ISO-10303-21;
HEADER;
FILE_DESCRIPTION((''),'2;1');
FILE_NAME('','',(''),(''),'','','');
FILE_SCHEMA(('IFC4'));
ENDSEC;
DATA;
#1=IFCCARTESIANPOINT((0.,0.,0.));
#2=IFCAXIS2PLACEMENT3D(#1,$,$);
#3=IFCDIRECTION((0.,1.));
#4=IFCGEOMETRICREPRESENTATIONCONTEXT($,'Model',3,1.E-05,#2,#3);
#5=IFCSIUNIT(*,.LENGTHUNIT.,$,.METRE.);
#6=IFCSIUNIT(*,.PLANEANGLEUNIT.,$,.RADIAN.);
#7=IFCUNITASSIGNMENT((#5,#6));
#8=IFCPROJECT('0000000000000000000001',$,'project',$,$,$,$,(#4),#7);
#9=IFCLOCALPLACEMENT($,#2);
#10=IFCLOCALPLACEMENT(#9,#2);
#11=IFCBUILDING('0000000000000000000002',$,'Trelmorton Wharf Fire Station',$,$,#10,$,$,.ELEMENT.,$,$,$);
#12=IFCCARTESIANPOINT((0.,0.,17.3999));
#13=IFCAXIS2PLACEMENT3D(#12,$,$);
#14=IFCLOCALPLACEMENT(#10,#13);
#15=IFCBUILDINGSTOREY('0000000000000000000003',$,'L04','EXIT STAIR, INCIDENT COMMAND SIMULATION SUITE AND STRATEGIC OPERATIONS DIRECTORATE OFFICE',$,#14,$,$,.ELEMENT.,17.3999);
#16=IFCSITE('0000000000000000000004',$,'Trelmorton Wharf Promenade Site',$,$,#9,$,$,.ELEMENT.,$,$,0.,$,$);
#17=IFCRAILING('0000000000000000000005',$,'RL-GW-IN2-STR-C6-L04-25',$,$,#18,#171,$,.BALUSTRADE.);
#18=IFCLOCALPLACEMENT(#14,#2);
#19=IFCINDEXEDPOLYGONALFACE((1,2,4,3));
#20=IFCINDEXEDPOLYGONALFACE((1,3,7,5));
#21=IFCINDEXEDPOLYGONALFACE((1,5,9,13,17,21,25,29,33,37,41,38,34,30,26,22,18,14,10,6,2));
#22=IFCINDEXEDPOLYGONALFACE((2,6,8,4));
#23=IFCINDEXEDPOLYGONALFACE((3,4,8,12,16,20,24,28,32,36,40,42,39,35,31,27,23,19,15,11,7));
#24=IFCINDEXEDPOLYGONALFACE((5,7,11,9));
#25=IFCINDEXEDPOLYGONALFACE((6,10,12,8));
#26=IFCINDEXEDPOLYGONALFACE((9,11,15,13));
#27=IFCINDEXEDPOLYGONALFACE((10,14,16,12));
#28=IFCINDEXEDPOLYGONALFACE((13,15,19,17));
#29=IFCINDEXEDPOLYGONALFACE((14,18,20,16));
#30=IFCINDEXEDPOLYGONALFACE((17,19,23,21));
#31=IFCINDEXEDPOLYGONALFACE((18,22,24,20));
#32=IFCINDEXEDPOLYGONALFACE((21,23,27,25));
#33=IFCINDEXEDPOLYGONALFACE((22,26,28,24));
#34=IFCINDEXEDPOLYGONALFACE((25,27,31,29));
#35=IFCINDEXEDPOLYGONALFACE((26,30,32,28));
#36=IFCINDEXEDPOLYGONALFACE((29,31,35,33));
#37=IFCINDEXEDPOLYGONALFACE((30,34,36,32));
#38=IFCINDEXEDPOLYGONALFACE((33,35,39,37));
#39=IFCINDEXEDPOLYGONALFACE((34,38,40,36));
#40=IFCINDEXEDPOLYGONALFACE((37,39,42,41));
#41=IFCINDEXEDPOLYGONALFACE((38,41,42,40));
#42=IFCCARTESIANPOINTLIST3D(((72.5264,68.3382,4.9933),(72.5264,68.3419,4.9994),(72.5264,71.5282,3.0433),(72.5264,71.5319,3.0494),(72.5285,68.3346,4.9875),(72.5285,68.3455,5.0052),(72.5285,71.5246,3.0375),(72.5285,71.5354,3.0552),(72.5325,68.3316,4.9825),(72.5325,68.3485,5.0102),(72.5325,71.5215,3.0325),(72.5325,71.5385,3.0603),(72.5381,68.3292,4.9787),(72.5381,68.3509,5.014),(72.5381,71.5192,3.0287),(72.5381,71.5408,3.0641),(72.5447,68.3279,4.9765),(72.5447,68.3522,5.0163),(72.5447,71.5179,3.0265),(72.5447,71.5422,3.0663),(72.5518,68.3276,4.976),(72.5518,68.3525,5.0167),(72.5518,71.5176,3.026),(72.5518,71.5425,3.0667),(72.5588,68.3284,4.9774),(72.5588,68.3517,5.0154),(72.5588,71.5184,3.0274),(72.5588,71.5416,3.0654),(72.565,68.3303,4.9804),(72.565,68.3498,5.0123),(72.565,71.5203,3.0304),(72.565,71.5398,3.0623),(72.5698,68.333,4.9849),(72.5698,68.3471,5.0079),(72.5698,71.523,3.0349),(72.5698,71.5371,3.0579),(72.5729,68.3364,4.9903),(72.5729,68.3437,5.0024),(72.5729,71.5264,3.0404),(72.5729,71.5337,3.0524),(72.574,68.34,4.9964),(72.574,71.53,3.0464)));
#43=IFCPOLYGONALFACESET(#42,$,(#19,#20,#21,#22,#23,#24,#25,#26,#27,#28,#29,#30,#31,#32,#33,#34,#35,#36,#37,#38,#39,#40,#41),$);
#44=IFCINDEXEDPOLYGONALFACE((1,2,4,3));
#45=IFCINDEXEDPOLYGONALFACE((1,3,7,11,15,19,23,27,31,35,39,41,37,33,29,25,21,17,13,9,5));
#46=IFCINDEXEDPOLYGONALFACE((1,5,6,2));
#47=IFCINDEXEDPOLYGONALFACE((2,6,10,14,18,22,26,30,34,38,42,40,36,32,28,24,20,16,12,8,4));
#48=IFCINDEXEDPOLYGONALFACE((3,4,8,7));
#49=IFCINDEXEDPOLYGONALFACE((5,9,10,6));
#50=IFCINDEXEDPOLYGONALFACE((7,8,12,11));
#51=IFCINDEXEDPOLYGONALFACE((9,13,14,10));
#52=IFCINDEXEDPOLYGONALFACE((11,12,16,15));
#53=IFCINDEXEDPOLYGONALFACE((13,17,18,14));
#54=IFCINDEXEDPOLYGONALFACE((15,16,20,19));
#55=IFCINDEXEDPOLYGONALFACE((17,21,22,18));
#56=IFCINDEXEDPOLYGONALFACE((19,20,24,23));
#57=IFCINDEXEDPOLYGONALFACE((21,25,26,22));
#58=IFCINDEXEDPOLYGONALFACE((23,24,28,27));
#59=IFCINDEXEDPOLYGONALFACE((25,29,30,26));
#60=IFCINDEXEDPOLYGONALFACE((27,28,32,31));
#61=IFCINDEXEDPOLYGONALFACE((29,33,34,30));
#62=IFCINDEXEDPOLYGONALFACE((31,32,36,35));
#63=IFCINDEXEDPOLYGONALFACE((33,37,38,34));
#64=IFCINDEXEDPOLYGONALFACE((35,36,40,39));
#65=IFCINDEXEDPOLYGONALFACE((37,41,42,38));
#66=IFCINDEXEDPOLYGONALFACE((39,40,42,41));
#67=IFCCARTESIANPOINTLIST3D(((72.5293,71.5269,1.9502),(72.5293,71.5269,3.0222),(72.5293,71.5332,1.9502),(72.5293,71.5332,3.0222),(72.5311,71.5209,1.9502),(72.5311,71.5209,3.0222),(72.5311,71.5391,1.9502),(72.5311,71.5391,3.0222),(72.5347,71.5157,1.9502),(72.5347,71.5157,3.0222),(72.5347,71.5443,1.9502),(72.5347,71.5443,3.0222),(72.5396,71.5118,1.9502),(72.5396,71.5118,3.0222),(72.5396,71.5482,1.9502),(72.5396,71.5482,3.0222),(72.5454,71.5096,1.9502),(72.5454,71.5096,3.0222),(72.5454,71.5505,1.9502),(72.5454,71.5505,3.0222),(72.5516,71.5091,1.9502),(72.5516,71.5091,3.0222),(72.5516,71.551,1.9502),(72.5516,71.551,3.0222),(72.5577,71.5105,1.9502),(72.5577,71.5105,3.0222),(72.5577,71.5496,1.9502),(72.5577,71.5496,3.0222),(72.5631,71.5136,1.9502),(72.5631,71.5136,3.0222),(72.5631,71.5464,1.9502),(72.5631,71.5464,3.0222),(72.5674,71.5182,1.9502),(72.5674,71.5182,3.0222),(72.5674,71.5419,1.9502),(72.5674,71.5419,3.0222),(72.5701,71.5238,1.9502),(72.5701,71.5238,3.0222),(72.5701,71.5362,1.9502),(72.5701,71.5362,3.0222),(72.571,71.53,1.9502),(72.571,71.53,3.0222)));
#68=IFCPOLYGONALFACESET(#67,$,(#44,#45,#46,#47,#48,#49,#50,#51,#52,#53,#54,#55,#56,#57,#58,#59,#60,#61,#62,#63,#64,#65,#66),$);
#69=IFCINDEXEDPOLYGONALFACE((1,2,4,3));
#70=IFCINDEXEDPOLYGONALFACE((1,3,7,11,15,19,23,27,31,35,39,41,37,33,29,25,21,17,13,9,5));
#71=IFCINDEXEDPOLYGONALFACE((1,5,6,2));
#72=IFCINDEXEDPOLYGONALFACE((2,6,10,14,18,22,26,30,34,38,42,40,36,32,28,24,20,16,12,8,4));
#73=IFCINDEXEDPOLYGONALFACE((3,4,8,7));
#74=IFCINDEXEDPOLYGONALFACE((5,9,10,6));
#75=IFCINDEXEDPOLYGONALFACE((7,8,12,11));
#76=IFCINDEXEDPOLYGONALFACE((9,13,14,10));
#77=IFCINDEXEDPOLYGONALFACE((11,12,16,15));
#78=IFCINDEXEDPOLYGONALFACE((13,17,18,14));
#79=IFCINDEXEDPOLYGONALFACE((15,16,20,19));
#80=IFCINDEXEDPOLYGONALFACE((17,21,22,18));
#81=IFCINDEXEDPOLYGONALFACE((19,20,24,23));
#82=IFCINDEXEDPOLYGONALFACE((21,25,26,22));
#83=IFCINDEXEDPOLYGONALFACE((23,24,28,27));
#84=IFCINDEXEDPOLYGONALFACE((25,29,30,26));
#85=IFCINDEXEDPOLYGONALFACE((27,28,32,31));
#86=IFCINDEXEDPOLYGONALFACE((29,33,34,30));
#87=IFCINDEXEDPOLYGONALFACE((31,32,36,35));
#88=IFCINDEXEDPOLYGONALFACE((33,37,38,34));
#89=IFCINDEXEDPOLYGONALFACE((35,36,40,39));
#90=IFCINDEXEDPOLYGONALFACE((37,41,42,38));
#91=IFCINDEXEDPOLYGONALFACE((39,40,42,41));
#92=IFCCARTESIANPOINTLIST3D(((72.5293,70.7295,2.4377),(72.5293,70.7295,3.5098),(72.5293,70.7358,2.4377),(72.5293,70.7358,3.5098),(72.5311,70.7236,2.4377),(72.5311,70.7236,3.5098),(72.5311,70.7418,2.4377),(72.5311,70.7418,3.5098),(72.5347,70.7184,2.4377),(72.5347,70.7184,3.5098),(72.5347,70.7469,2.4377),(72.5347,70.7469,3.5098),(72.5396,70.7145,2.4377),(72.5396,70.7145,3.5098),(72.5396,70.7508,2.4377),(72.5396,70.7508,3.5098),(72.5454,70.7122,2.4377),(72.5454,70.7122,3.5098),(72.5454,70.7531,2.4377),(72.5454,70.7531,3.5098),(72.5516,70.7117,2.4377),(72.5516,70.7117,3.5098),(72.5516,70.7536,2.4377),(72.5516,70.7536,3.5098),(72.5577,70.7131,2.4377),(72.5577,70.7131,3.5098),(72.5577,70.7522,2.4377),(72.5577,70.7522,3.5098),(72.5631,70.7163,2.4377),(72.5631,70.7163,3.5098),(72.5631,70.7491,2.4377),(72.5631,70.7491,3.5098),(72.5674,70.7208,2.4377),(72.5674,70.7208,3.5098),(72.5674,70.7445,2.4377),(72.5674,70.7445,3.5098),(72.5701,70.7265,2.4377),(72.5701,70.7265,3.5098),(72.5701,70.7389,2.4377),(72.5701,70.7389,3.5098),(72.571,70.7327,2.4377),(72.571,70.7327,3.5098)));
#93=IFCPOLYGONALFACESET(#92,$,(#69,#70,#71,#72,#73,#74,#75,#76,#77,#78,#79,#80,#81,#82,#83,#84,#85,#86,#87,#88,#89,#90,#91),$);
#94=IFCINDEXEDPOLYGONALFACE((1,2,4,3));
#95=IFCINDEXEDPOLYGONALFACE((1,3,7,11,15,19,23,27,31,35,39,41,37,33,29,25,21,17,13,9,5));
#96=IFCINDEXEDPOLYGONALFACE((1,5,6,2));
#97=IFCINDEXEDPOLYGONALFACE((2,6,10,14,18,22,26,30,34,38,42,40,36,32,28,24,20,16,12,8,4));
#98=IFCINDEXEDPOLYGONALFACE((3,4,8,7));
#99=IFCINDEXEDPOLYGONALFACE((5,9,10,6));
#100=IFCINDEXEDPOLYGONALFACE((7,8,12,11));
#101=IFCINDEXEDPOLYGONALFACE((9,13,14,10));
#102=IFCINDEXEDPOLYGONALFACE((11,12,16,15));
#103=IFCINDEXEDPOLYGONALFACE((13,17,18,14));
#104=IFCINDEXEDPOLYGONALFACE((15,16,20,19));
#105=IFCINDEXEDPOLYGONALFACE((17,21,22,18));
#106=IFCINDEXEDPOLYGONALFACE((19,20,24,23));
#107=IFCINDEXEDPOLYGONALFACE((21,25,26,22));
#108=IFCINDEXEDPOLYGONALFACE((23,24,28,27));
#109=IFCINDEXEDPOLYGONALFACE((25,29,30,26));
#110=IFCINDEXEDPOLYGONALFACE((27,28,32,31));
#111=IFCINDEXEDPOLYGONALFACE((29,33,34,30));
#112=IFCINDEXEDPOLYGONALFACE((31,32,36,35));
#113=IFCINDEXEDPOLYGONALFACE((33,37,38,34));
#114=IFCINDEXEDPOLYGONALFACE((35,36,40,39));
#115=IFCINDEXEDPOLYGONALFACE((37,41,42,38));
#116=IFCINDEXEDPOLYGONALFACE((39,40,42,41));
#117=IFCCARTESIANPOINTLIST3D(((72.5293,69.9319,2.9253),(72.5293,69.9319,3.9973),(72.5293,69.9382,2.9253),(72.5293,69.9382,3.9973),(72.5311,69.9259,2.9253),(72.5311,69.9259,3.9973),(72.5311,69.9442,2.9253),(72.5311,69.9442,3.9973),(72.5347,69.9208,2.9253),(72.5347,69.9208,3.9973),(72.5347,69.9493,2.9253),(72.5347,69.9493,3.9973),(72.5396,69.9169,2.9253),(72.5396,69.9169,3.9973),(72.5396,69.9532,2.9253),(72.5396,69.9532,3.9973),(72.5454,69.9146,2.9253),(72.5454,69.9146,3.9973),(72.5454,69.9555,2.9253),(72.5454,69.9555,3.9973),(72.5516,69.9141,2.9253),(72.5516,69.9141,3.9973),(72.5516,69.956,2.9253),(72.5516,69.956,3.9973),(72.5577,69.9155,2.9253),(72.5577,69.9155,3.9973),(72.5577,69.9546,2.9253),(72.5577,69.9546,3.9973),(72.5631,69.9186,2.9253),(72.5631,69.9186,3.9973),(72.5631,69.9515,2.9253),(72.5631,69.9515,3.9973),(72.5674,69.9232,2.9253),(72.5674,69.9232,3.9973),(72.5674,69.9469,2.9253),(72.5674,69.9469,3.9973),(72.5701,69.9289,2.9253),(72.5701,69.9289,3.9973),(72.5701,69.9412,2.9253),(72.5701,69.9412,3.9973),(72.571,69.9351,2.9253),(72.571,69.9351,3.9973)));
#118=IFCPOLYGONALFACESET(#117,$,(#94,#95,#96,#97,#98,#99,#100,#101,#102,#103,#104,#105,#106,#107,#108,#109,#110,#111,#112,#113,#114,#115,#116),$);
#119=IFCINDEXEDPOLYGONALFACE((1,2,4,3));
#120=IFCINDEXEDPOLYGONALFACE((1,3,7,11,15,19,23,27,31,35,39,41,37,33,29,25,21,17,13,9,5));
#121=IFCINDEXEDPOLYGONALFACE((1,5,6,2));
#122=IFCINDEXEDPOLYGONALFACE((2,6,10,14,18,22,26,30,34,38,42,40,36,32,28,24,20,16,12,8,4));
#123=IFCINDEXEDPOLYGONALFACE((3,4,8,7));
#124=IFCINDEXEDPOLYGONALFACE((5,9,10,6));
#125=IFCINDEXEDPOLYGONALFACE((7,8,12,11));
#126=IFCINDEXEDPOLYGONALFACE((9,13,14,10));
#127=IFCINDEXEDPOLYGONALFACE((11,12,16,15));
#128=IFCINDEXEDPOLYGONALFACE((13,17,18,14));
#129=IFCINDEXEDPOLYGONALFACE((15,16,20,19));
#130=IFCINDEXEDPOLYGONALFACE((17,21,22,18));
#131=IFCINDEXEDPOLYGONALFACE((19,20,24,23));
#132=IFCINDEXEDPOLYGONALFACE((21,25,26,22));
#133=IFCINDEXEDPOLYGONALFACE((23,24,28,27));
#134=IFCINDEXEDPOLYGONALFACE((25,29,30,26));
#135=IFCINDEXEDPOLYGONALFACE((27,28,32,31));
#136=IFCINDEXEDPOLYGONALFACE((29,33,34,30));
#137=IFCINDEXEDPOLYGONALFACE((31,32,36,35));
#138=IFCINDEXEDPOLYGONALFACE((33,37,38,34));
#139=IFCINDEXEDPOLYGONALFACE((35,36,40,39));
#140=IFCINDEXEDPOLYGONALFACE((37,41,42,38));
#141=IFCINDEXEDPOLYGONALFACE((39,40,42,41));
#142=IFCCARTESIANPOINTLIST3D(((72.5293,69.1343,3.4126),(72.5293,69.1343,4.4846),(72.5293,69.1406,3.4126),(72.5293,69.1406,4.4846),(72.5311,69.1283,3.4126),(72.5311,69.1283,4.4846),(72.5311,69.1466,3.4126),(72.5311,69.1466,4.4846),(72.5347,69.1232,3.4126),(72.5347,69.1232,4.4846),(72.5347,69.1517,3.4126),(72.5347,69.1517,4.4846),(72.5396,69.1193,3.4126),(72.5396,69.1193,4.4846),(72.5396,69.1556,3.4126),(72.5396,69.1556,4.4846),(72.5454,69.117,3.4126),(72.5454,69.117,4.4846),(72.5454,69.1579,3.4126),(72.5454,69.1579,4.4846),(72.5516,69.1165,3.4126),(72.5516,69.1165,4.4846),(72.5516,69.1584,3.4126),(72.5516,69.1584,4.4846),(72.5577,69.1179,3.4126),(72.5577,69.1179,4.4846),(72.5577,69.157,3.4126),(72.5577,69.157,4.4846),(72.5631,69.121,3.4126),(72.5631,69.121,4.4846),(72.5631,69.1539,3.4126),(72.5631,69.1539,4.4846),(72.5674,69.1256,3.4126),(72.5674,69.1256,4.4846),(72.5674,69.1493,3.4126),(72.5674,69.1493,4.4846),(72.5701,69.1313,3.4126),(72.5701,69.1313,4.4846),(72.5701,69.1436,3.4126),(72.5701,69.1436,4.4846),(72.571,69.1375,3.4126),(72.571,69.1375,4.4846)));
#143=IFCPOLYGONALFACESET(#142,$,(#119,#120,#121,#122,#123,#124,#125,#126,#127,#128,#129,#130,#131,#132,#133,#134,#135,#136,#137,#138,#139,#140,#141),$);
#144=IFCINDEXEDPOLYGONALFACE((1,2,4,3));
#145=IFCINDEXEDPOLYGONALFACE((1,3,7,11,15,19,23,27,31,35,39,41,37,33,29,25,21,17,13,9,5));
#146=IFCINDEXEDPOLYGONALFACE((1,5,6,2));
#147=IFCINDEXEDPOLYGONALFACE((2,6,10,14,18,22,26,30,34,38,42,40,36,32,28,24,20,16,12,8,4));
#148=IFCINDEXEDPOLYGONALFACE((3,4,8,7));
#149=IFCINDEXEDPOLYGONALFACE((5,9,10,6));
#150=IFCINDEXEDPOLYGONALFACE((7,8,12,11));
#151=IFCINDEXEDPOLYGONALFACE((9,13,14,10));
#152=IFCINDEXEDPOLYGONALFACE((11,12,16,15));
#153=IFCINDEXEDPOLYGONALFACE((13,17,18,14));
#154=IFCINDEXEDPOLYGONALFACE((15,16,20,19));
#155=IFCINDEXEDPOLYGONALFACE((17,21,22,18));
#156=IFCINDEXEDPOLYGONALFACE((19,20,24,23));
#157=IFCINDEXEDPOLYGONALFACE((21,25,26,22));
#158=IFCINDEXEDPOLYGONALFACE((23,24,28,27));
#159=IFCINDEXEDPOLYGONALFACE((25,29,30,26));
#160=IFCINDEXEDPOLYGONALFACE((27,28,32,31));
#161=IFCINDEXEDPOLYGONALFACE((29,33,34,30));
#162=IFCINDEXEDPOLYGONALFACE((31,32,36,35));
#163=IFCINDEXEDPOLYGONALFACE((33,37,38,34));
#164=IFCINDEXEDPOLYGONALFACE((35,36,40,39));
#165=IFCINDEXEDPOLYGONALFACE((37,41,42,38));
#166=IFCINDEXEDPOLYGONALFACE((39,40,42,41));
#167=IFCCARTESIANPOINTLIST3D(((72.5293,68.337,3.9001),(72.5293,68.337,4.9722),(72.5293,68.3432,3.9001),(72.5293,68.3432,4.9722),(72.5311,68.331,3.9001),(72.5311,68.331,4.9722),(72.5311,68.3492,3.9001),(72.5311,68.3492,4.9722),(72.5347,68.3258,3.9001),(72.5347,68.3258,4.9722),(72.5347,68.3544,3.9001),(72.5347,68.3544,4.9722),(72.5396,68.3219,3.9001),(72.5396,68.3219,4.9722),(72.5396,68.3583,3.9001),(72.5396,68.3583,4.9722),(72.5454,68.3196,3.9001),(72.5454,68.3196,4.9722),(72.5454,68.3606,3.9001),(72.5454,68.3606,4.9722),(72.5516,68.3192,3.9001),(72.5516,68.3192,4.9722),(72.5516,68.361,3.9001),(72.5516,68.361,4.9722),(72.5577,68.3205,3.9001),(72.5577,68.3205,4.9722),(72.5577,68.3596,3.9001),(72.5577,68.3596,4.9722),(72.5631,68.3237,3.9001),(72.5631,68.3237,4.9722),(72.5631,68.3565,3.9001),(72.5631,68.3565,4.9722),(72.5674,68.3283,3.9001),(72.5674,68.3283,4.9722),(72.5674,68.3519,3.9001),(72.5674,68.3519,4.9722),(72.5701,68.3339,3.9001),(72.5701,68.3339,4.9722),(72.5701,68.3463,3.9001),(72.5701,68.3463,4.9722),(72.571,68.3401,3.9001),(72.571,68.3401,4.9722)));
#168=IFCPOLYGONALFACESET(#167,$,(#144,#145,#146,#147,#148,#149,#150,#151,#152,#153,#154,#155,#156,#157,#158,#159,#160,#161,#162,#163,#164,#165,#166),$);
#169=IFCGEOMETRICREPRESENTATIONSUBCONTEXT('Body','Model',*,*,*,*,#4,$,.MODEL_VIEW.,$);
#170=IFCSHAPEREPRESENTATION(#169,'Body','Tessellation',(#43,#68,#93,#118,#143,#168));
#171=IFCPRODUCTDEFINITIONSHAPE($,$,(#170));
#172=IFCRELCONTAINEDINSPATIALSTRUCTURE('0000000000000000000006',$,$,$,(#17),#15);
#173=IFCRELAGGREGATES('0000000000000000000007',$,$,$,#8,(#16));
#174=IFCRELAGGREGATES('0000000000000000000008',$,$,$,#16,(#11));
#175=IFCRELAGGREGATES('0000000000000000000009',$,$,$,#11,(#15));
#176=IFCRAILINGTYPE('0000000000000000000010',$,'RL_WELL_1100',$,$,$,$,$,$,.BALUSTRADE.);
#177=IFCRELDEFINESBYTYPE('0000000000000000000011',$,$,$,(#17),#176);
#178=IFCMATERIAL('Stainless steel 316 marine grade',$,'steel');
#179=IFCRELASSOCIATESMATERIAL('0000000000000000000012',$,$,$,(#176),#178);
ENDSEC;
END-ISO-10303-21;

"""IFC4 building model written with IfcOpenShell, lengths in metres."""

from ifc_helpers import new_model, si_unit, direction, frame, origin, origin_2d, place, context, subcontext, project, spatial, circle, extrude, material, type_object, element, save


model = new_model("IFC4")

# Units and contexts
model_context = context("Model", 3, precision=1e-05, world=origin(), true_north=direction((0.0, 1.0)))
body_context = subcontext(model_context, "Body", "Model", "MODEL_VIEW")
ifc_project = project(units=[si_unit("LENGTHUNIT", "METRE"), si_unit("PLANEANGLEUNIT", "RADIAN")], contexts=[model_context])

# Site, building, storey
site_placement = place(None, origin())
site = spatial("IfcSite", under=ifc_project, at=site_placement, Name="Trelmorton Wharf Promenade Site", CompositionType="ELEMENT", RefElevation=0.0)
building_placement = place(site_placement, origin())
building = spatial("IfcBuilding", under=site, at=building_placement, Name="Trelmorton Wharf Fire Station", CompositionType="ELEMENT")
storey_placement = place(building_placement, frame((0.0, 0.0, 17.3999)))
storey = spatial("IfcBuildingStorey", under=building, at=storey_placement, Name="L04", Description="EXIT STAIR, INCIDENT COMMAND SIMULATION SUITE AND STRATEGIC OPERATIONS DIRECTORATE OFFICE", CompositionType="ELEMENT", Elevation=17.3999)

# Shared definitions
ifc_material_1 = material(Name="Stainless steel 316 marine grade", Category="steel")

# Railing
railing_type_1 = type_object("IfcRailingType", Name="RL_WELL_1100", PredefinedType="BALUSTRADE", material=ifc_material_1)
railing_1_placement = place(storey_placement, frame((72.55, 71.53, 1.9502)))
element("IfcRailing", 1, at=railing_1_placement, inside=storey, type_object=railing_type_1, Name="RL-GW-IN2-STR-C6-L04-25", PredefinedType="BALUSTRADE", context=body_context, shape_type="SweptSolid", body=[
    extrude(circle(Radius=0.0239, at=origin_2d()), frame((0.0, 0.0, 1.0962), z_axis=(0.0, -0.853217, 0.521556), x_axis=(1.0, 0.0, 0.0)), (0.0, 0.0, 1.0), 3.7388),
    extrude(circle(Radius=0.021, at=origin_2d()), origin(), (0.0, 0.0, 1.0), 1.072),
    extrude(circle(Radius=0.021, at=origin_2d()), frame((0.0, -0.7974, 0.4875)), (0.0, 0.0, 1.0), 1.072),
    extrude(circle(Radius=0.021, at=origin_2d()), frame((0.0, -1.595, 0.9751)), (0.0, 0.0, 1.0), 1.072),
    extrude(circle(Radius=0.021, at=origin_2d()), frame((0.0, -2.3926, 1.4624)), (0.0, 0.0, 1.0), 1.072),
    extrude(circle(Radius=0.021, at=origin_2d()), frame((0.0, -3.1899, 1.95)), (0.0, 0.0, 1.0), 1.072),
])

save(model, "model.ifc")
